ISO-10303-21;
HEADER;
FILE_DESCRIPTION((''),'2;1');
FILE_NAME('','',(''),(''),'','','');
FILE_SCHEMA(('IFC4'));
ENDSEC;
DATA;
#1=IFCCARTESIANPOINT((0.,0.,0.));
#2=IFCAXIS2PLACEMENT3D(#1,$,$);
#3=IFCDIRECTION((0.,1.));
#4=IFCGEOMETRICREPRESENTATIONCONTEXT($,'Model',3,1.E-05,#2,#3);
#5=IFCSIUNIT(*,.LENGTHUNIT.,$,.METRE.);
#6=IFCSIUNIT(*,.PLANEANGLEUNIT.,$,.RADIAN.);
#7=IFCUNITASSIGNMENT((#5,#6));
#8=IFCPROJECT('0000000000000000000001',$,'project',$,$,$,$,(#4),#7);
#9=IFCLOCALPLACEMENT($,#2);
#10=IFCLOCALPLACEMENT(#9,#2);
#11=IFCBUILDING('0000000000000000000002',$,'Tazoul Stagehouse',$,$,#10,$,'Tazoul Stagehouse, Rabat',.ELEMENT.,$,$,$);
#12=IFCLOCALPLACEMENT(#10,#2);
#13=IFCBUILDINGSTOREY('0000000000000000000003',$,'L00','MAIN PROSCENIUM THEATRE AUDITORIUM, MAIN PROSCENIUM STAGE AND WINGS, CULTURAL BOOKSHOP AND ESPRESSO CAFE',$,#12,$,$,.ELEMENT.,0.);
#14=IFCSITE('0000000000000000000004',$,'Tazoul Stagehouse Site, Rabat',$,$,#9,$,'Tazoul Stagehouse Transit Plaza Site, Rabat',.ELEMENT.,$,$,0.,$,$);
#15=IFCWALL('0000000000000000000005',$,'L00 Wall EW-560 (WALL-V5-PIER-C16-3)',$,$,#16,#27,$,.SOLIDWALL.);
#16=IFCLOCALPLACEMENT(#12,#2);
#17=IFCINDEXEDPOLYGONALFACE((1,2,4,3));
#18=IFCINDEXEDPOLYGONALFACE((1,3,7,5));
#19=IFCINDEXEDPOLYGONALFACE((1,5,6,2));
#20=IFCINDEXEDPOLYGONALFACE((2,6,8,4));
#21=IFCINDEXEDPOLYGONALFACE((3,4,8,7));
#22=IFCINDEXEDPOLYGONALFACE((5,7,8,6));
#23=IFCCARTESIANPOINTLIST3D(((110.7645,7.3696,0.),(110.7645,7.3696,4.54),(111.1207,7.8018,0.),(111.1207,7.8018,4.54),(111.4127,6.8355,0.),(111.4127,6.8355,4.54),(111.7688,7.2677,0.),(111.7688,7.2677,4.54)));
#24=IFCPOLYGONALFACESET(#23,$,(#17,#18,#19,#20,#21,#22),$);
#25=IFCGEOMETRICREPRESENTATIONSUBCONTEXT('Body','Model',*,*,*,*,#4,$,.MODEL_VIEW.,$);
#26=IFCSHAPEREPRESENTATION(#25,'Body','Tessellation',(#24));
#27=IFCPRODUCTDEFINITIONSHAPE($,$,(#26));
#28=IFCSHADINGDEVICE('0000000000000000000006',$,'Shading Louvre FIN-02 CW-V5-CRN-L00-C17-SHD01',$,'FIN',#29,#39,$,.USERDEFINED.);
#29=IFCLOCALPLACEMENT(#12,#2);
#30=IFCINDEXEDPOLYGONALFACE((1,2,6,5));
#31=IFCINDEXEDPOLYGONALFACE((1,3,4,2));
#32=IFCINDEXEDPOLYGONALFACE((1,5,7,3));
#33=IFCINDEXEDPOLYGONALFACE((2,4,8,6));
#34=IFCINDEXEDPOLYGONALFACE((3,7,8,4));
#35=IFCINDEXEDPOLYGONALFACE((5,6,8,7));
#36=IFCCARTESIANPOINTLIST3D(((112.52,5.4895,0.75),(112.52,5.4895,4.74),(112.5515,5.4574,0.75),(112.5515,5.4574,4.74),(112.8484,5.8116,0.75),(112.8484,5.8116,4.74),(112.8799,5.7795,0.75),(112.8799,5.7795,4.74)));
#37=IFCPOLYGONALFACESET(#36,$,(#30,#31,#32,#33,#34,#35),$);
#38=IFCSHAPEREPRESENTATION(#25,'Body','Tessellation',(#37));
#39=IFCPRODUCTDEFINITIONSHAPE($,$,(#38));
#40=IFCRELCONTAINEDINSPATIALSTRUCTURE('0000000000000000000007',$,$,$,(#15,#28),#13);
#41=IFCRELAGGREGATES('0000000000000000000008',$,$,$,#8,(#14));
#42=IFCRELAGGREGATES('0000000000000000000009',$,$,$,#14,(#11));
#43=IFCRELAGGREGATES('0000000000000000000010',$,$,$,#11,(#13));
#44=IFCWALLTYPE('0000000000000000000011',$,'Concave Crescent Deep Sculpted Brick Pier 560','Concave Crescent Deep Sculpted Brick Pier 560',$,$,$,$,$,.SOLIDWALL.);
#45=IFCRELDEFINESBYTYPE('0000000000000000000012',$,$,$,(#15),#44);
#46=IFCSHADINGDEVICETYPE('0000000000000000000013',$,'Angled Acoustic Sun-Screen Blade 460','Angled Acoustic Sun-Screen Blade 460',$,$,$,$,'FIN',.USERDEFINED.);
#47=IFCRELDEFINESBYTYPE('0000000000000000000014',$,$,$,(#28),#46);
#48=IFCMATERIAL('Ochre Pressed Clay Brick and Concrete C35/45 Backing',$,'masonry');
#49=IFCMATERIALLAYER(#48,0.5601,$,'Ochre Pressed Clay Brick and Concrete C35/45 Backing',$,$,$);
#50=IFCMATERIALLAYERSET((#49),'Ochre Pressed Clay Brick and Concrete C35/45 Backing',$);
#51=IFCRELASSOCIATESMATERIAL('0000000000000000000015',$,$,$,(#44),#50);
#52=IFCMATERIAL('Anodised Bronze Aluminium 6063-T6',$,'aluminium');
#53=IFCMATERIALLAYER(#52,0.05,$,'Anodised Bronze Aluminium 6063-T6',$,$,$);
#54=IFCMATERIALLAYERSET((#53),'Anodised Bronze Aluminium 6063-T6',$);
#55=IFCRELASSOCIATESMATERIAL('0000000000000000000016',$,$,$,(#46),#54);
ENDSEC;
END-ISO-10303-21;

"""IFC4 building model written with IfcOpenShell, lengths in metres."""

from ifc_helpers import new_model, si_unit, direction, frame, frame_2d, origin, origin_2d, place, context, subcontext, project, spatial, rectangle, extrude, material, layer, layer_set, type_object, element, save


model = new_model("IFC4")

# Units and contexts
model_context = context("Model", 3, precision=1e-05, world=origin(), true_north=direction((0.0, 1.0)))
body_context = subcontext(model_context, "Body", "Model", "MODEL_VIEW")
ifc_project = project(units=[si_unit("LENGTHUNIT", "METRE"), si_unit("PLANEANGLEUNIT", "RADIAN")], contexts=[model_context])

# Shared definitions
ifc_material_1 = material(Name="Anodised Bronze Aluminium 6063-T6", Category="aluminium")
site_placement = place(None, origin())
building_placement = place(site_placement, origin())
storey_placement = place(building_placement, origin())

# Site, building, storey
site = spatial("IfcSite", under=ifc_project, at=site_placement, Name="Tazoul Stagehouse Site, Rabat", LongName="Tazoul Stagehouse Transit Plaza Site, Rabat", CompositionType="ELEMENT", RefElevation=0.0)
building = spatial("IfcBuilding", under=site, at=building_placement, Name="Tazoul Stagehouse", LongName="Tazoul Stagehouse, Rabat", CompositionType="ELEMENT")
storey = spatial("IfcBuildingStorey", under=building, at=storey_placement, Name="L00", Description="MAIN PROSCENIUM THEATRE AUDITORIUM, MAIN PROSCENIUM STAGE AND WINGS, CULTURAL BOOKSHOP AND ESPRESSO CAFE", CompositionType="ELEMENT", Elevation=0.0)

# Wall
ifc_material_2 = material(Name="Ochre Pressed Clay Brick and Concrete C35/45 Backing", Category="masonry")
ifc_layer_1 = layer(ifc_material_2, 0.5601, Name="Ochre Pressed Clay Brick and Concrete C35/45 Backing")
ifc_layer_set_1 = layer_set([ifc_layer_1], Name="Ochre Pressed Clay Brick and Concrete C35/45 Backing")
wall_type = type_object("IfcWallType", Name="Concave Crescent Deep Sculpted Brick Pier 560", Description="Concave Crescent Deep Sculpted Brick Pier 560", PredefinedType="SOLIDWALL", material=ifc_layer_set_1)
wall_placement = place(storey_placement, frame((110.9426, 7.5857, 0.0), z_axis=(0.0, 0.0, 1.0), x_axis=(0.771712, -0.635972, 0.0)))
element("IfcWall", 1, at=wall_placement, inside=storey, type_object=wall_type, Name="L00 Wall EW-560 (WALL-V5-PIER-C16-3)", PredefinedType="SOLIDWALL", context=body_context, shape_type="SweptSolid", body=[
    extrude(rectangle(XDim=0.8398, YDim=0.5601, at=frame_2d((0.4199, 0.0))), origin(), (0.0, 0.0, 1.0), 4.54),
])

# Shading device
ifc_layer_2 = layer(ifc_material_1, 0.05, Name="Anodised Bronze Aluminium 6063-T6")
ifc_layer_set_2 = layer_set([ifc_layer_2], Name="Anodised Bronze Aluminium 6063-T6")
shading_device_type = type_object("IfcShadingDeviceType", Name="Angled Acoustic Sun-Screen Blade 460", Description="Angled Acoustic Sun-Screen Blade 460", ElementType="FIN", PredefinedType="USERDEFINED", material=ifc_layer_set_2)
shading_device_placement = place(storey_placement, frame((112.7, 5.6345, 0.75), z_axis=(0.0, 0.0, 1.0), x_axis=(0.700247, -0.713901, 0.0)))
element("IfcShadingDevice", 2, at=shading_device_placement, inside=storey, type_object=shading_device_type, Name="Shading Louvre FIN-02 CW-V5-CRN-L00-C17-SHD01", ObjectType="FIN", PredefinedType="USERDEFINED", context=body_context, shape_type="SweptSolid", body=[
    extrude(rectangle(XDim=0.0449, YDim=0.46, at=origin_2d()), origin(), (0.0, 0.0, 1.0), 3.99),
])

save(model, "model.ifc")
